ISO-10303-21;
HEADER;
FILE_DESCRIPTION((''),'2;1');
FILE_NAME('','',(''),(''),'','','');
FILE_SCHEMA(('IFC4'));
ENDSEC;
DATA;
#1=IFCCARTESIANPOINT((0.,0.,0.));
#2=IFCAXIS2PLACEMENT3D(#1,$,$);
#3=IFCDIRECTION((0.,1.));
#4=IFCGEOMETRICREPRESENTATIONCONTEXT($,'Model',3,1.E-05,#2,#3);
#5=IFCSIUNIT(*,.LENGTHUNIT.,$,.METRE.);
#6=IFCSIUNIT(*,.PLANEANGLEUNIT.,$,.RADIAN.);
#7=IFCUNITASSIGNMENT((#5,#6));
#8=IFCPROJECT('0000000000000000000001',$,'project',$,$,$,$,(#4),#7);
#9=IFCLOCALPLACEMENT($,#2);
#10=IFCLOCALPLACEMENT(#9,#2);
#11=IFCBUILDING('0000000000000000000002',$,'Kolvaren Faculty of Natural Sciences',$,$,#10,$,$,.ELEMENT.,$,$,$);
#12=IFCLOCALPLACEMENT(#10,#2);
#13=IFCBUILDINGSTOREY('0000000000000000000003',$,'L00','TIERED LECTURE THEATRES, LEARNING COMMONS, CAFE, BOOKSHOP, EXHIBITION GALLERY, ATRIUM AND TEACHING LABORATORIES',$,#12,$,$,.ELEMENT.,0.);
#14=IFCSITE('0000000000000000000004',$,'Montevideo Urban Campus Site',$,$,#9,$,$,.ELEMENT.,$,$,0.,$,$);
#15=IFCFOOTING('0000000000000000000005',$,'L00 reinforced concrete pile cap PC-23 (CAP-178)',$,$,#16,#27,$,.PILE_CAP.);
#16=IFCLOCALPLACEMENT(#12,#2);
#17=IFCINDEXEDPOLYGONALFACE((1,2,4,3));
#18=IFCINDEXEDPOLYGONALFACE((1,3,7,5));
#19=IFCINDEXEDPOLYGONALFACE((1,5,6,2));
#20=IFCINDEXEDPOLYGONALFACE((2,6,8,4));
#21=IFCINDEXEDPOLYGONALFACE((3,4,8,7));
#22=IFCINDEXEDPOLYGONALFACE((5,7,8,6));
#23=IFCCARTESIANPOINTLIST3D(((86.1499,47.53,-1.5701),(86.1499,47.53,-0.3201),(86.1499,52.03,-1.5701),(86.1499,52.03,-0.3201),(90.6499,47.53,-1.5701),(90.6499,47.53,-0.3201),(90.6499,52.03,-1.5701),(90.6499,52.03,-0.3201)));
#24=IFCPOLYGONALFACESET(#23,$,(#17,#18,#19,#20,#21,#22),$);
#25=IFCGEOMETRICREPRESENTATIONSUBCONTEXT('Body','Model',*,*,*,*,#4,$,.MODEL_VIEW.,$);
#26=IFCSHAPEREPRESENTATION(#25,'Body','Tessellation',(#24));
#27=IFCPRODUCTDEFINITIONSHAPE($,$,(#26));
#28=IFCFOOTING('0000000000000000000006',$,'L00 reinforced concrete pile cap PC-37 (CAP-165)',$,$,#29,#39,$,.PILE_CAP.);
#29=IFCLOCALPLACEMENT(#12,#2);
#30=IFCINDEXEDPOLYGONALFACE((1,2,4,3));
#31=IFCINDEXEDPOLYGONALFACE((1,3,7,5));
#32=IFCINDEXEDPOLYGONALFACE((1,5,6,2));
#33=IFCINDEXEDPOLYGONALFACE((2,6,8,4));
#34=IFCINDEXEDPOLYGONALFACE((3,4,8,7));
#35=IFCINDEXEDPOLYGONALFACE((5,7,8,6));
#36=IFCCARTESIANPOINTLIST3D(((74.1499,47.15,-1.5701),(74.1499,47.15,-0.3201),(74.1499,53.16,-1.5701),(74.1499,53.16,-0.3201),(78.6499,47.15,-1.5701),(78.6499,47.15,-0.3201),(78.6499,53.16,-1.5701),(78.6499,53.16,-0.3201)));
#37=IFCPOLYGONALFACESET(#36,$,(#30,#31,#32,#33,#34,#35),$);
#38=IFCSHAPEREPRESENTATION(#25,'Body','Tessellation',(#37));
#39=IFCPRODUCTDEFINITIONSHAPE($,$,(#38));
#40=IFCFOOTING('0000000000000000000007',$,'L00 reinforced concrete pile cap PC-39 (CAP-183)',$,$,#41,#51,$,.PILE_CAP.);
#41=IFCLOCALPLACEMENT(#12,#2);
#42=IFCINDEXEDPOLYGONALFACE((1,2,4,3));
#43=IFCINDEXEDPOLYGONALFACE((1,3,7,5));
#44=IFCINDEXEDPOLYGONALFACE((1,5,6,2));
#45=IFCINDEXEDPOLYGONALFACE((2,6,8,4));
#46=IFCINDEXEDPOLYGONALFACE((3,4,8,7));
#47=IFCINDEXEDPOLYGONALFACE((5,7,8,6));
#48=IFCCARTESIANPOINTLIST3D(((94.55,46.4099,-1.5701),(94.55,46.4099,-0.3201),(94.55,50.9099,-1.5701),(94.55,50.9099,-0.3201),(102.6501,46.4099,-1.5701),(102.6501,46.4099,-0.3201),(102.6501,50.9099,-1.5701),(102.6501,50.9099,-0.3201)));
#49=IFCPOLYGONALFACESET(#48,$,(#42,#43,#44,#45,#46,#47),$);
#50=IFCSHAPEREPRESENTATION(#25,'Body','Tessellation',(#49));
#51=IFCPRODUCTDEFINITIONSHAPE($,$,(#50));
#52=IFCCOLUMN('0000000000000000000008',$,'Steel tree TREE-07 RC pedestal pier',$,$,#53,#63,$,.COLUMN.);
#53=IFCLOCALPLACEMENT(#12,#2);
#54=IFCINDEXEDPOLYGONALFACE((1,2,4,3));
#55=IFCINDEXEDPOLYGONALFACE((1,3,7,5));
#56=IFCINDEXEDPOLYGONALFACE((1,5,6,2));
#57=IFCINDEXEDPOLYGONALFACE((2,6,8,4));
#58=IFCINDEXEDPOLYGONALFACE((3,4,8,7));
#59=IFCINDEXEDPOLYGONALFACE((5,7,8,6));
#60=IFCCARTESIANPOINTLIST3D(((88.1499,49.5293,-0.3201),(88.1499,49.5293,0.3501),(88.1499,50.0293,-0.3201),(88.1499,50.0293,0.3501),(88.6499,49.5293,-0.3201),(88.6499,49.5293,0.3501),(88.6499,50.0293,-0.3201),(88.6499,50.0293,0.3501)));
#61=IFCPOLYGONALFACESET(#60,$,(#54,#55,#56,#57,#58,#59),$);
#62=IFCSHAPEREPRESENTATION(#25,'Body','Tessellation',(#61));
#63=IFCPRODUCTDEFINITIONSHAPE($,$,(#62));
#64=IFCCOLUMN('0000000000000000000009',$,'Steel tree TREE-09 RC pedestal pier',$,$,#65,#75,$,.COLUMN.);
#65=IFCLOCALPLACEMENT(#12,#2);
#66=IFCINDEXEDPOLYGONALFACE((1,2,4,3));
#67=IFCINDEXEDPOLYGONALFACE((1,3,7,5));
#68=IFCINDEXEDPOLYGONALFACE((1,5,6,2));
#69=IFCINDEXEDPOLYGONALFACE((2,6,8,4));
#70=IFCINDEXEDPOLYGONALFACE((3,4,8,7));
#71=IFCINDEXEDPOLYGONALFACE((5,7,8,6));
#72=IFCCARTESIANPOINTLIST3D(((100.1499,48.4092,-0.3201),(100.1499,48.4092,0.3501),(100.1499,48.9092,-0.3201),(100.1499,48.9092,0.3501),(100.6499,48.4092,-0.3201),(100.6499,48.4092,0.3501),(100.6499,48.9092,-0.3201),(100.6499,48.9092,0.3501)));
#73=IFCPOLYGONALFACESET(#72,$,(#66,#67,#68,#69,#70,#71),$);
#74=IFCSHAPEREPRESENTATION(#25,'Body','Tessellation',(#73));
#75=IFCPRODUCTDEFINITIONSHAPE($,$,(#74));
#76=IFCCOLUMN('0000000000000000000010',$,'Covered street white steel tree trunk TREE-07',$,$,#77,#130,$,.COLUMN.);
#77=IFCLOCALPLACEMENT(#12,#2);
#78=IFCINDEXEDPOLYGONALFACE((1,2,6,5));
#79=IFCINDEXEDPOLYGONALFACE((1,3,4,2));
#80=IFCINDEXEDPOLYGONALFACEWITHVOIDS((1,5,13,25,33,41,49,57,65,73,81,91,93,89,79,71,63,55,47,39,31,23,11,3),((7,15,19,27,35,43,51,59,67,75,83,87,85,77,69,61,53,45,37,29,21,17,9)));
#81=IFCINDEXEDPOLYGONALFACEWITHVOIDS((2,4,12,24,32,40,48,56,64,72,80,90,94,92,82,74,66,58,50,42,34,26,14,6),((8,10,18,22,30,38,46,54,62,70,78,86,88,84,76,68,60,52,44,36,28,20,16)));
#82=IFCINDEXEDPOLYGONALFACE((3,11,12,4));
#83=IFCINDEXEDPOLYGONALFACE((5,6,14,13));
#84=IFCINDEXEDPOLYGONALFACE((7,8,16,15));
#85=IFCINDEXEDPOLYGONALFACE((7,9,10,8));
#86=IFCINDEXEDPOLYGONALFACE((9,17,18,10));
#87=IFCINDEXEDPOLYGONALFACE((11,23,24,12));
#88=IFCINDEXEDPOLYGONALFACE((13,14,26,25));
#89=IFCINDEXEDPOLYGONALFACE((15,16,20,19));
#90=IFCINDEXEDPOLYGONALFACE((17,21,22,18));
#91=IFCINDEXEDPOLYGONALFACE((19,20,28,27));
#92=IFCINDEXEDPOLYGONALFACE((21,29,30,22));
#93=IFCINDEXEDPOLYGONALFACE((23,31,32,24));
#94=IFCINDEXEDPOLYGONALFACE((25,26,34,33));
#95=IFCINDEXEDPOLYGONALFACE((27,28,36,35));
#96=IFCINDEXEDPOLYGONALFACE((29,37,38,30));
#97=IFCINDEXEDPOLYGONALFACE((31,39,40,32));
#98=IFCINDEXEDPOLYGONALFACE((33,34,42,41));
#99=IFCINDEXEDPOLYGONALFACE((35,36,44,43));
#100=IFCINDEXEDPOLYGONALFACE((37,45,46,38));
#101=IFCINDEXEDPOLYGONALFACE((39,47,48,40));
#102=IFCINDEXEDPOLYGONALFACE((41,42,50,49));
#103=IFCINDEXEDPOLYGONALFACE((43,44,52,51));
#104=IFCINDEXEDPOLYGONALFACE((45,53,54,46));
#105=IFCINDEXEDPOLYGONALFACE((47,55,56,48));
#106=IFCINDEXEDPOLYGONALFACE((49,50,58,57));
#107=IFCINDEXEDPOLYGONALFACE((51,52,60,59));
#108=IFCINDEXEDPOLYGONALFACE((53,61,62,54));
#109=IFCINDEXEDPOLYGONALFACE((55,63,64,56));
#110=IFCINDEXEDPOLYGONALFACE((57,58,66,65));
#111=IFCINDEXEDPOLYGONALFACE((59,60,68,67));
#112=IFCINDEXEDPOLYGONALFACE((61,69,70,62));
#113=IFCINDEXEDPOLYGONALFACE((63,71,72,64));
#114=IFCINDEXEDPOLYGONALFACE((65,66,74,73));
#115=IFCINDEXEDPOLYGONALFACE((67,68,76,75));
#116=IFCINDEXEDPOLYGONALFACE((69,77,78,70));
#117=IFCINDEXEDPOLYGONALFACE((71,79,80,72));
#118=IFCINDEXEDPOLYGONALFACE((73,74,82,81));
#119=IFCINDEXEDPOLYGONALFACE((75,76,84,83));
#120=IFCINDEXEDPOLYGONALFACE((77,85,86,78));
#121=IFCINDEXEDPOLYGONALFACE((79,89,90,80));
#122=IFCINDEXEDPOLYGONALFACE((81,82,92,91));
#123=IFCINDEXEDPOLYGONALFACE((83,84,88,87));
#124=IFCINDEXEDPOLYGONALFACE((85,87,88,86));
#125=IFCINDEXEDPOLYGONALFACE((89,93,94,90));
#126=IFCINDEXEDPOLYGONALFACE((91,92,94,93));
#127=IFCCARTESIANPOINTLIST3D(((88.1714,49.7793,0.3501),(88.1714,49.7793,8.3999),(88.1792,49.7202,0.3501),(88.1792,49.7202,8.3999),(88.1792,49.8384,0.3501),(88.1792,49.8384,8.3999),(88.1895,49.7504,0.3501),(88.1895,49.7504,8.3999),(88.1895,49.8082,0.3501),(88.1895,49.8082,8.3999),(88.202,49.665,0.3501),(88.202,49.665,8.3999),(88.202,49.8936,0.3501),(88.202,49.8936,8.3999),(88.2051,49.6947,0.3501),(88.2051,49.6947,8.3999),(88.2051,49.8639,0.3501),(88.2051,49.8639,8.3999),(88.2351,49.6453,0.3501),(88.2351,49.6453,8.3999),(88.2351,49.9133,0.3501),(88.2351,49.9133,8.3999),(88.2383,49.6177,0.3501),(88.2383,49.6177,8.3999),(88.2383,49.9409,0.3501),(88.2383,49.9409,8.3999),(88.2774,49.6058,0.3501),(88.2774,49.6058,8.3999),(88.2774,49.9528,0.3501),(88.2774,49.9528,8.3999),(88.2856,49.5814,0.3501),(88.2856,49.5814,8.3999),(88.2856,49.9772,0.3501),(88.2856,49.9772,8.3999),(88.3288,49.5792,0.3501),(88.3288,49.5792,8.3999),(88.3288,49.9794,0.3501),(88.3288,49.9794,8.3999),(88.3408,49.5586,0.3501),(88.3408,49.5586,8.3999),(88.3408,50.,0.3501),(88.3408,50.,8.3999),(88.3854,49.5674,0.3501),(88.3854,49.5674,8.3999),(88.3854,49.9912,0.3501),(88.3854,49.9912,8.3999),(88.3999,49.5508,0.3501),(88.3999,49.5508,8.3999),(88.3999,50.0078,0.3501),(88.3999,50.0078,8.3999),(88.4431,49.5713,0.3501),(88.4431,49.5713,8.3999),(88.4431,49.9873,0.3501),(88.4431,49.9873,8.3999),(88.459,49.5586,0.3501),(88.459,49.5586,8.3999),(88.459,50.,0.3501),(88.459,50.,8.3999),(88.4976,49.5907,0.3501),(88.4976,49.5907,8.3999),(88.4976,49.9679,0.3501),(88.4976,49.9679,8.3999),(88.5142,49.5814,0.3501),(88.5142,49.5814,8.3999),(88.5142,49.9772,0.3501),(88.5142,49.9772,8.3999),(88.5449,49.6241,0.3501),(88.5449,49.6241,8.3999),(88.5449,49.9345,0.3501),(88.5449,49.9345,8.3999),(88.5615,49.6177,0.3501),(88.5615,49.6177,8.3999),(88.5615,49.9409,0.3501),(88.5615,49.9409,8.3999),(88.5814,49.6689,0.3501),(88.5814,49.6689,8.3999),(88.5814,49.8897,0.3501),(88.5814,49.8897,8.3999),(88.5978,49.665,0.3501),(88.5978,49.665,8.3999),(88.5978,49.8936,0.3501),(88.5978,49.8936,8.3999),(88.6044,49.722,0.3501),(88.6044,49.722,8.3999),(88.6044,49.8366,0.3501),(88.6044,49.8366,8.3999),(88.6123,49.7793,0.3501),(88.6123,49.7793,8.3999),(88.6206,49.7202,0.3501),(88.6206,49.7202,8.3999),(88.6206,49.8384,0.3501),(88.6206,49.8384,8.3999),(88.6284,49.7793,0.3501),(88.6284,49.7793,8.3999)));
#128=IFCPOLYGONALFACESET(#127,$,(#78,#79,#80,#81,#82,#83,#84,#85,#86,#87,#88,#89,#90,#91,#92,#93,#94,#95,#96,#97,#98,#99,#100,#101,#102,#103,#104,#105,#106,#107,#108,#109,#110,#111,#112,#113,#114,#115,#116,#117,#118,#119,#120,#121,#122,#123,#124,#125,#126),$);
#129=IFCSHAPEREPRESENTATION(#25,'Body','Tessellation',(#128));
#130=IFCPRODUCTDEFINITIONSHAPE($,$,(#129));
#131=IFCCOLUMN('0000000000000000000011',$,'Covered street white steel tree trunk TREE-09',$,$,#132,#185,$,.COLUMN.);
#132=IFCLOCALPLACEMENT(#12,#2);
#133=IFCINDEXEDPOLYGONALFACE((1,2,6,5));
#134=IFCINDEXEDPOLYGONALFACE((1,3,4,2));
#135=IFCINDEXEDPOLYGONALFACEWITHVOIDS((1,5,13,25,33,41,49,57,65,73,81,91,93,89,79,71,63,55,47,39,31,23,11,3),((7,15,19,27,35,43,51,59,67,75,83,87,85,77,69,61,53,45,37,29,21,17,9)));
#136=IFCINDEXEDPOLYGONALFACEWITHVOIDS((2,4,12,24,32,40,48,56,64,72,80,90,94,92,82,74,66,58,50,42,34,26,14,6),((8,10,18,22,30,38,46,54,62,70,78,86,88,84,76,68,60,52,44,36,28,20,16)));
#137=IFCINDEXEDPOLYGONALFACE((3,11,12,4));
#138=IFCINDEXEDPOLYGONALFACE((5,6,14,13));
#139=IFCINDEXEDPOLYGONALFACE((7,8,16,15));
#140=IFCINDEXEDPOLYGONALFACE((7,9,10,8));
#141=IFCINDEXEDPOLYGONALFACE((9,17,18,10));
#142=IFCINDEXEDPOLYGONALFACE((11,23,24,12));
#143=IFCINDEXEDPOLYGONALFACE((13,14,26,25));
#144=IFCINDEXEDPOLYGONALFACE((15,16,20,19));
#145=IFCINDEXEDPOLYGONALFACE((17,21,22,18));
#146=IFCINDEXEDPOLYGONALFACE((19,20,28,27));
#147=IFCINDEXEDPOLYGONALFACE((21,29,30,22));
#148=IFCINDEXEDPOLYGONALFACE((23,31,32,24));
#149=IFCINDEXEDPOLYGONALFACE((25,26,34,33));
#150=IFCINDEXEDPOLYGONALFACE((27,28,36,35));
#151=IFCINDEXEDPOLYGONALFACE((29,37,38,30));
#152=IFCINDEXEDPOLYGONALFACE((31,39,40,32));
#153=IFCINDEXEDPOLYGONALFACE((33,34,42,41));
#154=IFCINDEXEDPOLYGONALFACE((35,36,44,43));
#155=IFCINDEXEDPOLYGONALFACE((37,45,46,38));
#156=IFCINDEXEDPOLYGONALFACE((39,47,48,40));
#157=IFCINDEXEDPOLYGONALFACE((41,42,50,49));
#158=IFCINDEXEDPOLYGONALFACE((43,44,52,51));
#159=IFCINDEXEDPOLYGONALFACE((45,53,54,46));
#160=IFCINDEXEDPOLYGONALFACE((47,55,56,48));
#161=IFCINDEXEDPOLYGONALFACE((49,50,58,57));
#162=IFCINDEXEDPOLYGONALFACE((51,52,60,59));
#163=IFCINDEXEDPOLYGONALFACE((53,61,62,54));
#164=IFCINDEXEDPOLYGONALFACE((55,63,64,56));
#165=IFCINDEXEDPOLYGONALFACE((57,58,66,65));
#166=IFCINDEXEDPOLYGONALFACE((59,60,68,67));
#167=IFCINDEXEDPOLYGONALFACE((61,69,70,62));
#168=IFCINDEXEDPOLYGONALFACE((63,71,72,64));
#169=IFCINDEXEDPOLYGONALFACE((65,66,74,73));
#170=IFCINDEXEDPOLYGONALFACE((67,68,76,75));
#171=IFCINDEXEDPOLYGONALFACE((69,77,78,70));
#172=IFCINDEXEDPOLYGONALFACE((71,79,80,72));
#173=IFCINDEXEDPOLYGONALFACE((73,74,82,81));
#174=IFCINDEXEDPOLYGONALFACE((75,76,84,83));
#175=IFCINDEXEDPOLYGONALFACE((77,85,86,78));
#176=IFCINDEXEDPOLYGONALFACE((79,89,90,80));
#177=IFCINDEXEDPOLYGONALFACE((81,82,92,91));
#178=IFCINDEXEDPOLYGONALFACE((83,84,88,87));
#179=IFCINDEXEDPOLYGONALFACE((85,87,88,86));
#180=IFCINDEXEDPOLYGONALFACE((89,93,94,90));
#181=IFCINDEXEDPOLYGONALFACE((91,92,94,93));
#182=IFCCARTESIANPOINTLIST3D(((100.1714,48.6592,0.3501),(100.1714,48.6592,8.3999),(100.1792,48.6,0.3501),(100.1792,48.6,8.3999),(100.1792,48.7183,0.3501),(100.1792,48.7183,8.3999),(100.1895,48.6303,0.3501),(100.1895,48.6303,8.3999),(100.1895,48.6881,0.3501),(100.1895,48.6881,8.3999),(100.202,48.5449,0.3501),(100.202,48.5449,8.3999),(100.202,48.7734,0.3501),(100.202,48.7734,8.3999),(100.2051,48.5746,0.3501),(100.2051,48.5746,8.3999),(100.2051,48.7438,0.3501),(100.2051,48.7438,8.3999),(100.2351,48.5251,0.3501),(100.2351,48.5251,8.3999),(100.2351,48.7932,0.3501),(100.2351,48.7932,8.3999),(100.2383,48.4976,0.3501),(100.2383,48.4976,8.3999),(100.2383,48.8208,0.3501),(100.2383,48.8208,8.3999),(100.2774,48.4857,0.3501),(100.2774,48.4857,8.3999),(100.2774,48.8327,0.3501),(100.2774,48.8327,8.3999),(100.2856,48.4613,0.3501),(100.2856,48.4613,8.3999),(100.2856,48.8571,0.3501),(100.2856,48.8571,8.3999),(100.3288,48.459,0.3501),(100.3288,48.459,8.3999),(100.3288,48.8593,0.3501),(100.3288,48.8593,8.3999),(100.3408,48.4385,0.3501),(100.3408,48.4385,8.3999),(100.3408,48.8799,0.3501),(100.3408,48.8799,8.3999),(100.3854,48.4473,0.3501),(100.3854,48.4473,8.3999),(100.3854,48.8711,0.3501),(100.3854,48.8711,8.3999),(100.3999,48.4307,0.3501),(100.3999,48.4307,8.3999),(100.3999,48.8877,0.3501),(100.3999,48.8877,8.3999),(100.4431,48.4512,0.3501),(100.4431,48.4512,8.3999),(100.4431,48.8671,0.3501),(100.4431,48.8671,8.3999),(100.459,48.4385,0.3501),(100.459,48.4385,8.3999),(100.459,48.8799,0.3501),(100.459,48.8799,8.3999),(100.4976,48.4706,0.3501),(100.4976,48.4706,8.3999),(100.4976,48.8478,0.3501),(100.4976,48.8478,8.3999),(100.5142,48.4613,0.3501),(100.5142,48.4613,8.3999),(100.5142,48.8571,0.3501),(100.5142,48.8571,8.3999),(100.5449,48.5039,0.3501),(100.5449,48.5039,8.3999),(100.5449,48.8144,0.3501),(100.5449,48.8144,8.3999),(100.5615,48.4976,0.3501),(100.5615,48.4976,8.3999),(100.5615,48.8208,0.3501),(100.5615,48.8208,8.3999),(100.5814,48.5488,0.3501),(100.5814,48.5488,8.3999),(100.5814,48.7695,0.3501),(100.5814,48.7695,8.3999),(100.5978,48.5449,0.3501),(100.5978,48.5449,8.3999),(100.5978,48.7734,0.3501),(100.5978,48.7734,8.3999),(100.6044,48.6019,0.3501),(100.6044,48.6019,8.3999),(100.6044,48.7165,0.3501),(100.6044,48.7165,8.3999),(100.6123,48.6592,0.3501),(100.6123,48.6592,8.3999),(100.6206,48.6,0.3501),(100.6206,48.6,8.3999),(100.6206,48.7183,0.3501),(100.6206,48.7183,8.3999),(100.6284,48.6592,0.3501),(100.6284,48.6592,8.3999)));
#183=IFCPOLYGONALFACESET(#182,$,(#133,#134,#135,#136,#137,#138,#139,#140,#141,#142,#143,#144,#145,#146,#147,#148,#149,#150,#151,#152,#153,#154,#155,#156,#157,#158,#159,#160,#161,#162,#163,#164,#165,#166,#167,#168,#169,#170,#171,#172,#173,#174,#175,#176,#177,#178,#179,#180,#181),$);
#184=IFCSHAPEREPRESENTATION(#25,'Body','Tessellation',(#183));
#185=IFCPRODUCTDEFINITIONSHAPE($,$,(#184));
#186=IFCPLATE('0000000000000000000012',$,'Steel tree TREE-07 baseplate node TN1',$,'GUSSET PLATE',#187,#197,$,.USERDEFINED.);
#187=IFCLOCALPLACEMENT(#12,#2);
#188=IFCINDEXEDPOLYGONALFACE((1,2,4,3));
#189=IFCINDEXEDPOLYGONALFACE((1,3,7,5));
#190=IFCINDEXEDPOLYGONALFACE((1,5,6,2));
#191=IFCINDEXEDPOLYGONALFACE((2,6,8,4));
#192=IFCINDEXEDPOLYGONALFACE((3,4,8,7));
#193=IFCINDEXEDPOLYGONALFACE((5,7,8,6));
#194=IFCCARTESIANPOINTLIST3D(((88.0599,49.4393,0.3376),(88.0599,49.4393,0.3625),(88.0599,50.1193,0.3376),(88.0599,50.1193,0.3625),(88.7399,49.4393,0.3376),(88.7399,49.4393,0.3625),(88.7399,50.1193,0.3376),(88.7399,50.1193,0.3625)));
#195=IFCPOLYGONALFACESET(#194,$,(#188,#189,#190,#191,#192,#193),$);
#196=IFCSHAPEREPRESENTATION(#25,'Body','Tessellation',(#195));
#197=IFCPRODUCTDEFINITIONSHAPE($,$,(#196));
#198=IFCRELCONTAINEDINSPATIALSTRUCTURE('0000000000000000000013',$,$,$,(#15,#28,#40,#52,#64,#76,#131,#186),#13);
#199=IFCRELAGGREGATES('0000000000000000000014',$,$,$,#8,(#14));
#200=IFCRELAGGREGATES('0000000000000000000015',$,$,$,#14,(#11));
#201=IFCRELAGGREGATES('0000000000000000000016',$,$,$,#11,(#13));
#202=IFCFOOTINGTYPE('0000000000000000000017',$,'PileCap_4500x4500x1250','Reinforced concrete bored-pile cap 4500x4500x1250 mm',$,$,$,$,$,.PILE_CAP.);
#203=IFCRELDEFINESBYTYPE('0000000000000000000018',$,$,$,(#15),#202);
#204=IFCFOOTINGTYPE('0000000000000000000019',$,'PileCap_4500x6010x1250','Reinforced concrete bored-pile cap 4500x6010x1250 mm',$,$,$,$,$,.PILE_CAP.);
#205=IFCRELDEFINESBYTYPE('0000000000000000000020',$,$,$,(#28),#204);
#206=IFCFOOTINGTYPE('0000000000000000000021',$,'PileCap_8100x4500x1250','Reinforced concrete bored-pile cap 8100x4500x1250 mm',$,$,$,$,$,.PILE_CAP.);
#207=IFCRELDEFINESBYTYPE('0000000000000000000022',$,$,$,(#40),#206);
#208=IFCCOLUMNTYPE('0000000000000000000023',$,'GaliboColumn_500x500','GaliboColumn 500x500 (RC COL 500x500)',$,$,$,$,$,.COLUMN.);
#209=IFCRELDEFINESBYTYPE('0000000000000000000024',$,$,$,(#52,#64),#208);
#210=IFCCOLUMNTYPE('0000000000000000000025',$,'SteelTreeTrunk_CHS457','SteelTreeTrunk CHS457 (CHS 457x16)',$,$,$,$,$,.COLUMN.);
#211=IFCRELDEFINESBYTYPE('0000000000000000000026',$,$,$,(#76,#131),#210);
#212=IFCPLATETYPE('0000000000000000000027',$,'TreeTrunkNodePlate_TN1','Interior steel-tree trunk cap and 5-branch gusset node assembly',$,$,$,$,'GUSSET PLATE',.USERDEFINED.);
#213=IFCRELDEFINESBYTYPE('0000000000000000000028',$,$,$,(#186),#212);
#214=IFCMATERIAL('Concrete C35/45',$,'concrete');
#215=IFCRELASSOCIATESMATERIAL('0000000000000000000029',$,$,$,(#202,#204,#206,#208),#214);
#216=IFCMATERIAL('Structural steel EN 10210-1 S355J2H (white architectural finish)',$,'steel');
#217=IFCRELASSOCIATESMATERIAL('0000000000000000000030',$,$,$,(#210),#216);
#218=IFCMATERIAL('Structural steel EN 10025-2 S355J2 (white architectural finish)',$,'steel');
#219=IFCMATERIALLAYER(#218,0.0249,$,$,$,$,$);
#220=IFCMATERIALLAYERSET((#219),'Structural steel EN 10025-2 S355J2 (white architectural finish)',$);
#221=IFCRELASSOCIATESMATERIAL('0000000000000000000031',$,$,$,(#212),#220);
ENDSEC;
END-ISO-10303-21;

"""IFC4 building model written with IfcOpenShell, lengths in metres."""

from ifc_helpers import new_model, si_unit, direction, frame, origin, origin_2d, place, context, subcontext, project, spatial, rectangle, hollow_circle, extrude, material, layer, layer_set, material_profile, profile_set, type_object, element, save


model = new_model("IFC4")

# Units and contexts
model_context = context("Model", 3, precision=1e-05, world=origin(), true_north=direction((0.0, 1.0)))
body_context = subcontext(model_context, "Body", "Model", "MODEL_VIEW")
ifc_project = project(units=[si_unit("LENGTHUNIT", "METRE"), si_unit("PLANEANGLEUNIT", "RADIAN")], contexts=[model_context])

# Site, building, storey
site_placement = place(None, origin())
site = spatial("IfcSite", under=ifc_project, at=site_placement, Name="Montevideo Urban Campus Site", CompositionType="ELEMENT", RefElevation=0.0)
building_placement = place(site_placement, origin())
building = spatial("IfcBuilding", under=site, at=building_placement, Name="Kolvaren Faculty of Natural Sciences", CompositionType="ELEMENT")
storey_placement = place(building_placement, origin())
storey = spatial("IfcBuildingStorey", under=building, at=storey_placement, Name="L00", Description="TIERED LECTURE THEATRES, LEARNING COMMONS, CAFE, BOOKSHOP, EXHIBITION GALLERY, ATRIUM AND TEACHING LABORATORIES", CompositionType="ELEMENT", Elevation=0.0)

# Shared definitions
ifc_material_1 = material(Name="Concrete C35/45", Category="concrete")

# Footings
footing_type_1 = type_object("IfcFootingType", Name="PileCap_4500x4500x1250", Description="Reinforced concrete bored-pile cap 4500x4500x1250 mm", PredefinedType="PILE_CAP", material=ifc_material_1)
footing_1_placement = place(storey_placement, frame((88.3999, 49.78, -1.5701), z_axis=(0.0, 0.0, 1.0), x_axis=(1.0, 0.0, 0.0)))
element("IfcFooting", 1, at=footing_1_placement, inside=storey, type_object=footing_type_1, Name="L00 reinforced concrete pile cap PC-23 (CAP-178)", PredefinedType="PILE_CAP", context=body_context, shape_type="SweptSolid", body=[
    extrude(rectangle(XDim=4.5, YDim=4.5, at=origin_2d()), origin(), (0.0, 0.0, 1.0), 1.25),
])
footing_type_2 = type_object("IfcFootingType", Name="PileCap_4500x6010x1250", Description="Reinforced concrete bored-pile cap 4500x6010x1250 mm", PredefinedType="PILE_CAP", material=ifc_material_1)
footing_2_placement = place(storey_placement, frame((76.3999, 50.155, -1.5701), z_axis=(0.0, 0.0, 1.0), x_axis=(1.0, 0.0, 0.0)))
element("IfcFooting", 2, at=footing_2_placement, inside=storey, type_object=footing_type_2, Name="L00 reinforced concrete pile cap PC-37 (CAP-165)", PredefinedType="PILE_CAP", context=body_context, shape_type="SweptSolid", body=[
    extrude(rectangle(XDim=4.5, YDim=6.01, at=origin_2d()), origin(), (0.0, 0.0, 1.0), 1.25),
])
footing_type_3 = type_object("IfcFootingType", Name="PileCap_8100x4500x1250", Description="Reinforced concrete bored-pile cap 8100x4500x1250 mm", PredefinedType="PILE_CAP", material=ifc_material_1)
footing_3_placement = place(storey_placement, frame((98.6001, 48.6599, -1.5701), z_axis=(0.0, 0.0, 1.0), x_axis=(1.0, 0.0, 0.0)))
element("IfcFooting", 3, at=footing_3_placement, inside=storey, type_object=footing_type_3, Name="L00 reinforced concrete pile cap PC-39 (CAP-183)", PredefinedType="PILE_CAP", context=body_context, shape_type="SweptSolid", body=[
    extrude(rectangle(XDim=8.1001, YDim=4.5, at=origin_2d()), origin(), (0.0, 0.0, 1.0), 1.25),
])

# Columns
ifc_material_profile_1 = material_profile(ifc_material_1, rectangle(XDim=0.5, YDim=0.5, at=origin_2d()), Name="RC COL 500x500")
ifc_profile_set_1 = profile_set([ifc_material_profile_1], Name="Concrete C35/45")
column_type_1 = type_object("IfcColumnType", Name="GaliboColumn_500x500", Description="GaliboColumn 500x500 (RC COL 500x500)", PredefinedType="COLUMN", material=ifc_profile_set_1)
for number, where, z_axis, x_axis, name in (
    (4, (88.3999, 49.7793, -0.3201), (0.0, 0.0, 1.0), (1.0, 0.0, 0.0), "Steel tree TREE-07 RC pedestal pier"),
    (5, (100.3999, 48.6592, -0.3201), (0.0, 0.0, 1.0), (1.0, 0.0, 0.0), "Steel tree TREE-09 RC pedestal pier"),
):
    element("IfcColumn", number, at=place(storey_placement, frame(where, z_axis=z_axis, x_axis=x_axis)), inside=storey, type_object=column_type_1, Name=name, PredefinedType="COLUMN", context=body_context, shape_type="SweptSolid", body=[
        extrude(rectangle(XDim=0.5, YDim=0.5, at=origin_2d()), origin(), (0.0, 0.0, 1.0), 0.6702),
    ])
ifc_material_2 = material(Name="Structural steel EN 10210-1 S355J2H (white architectural finish)", Category="steel")
ifc_material_profile_2 = material_profile(ifc_material_2, hollow_circle(Radius=0.2285, WallThickness=0.0161, at=origin_2d()), Name="CHS 457x16")
ifc_profile_set_2 = profile_set([ifc_material_profile_2], Name="Structural steel EN 10210-1 S355J2H (white architectural finish)")
column_type_2 = type_object("IfcColumnType", Name="SteelTreeTrunk_CHS457", Description="SteelTreeTrunk CHS457 (CHS 457x16)", PredefinedType="COLUMN", material=ifc_profile_set_2)
for number, where, z_axis, x_axis, name in (
    (6, (88.3999, 49.7793, 0.3501), (0.0, 0.0, 1.0), (1.0, 0.0, 0.0), "Covered street white steel tree trunk TREE-07"),
    (7, (100.3999, 48.6592, 0.3501), (0.0, 0.0, 1.0), (1.0, 0.0, 0.0), "Covered street white steel tree trunk TREE-09"),
):
    element("IfcColumn", number, at=place(storey_placement, frame(where, z_axis=z_axis, x_axis=x_axis)), inside=storey, type_object=column_type_2, Name=name, PredefinedType="COLUMN", context=body_context, shape_type="SweptSolid", body=[
        extrude(hollow_circle(Radius=0.2285, WallThickness=0.0161, at=origin_2d()), origin(), (0.0, 0.0, 1.0), 8.0498),
    ])

# Plate
ifc_material_3 = material(Name="Structural steel EN 10025-2 S355J2 (white architectural finish)", Category="steel")
ifc_layer = layer(ifc_material_3, 0.0249)
ifc_layer_set = layer_set([ifc_layer], Name="Structural steel EN 10025-2 S355J2 (white architectural finish)")
plate_type = type_object("IfcPlateType", Name="TreeTrunkNodePlate_TN1", Description="Interior steel-tree trunk cap and 5-branch gusset node assembly", ElementType="GUSSET PLATE", PredefinedType="USERDEFINED", material=ifc_layer_set)
for number, where, z_axis, x_axis, name in (
    (8, (88.3999, 49.7793, 0.3376), (0.0, 0.0, 1.0), (1.0, 0.0, 0.0), "Steel tree TREE-07 baseplate node TN1"),
):
    element("IfcPlate", number, at=place(storey_placement, frame(where, z_axis=z_axis, x_axis=x_axis)), inside=storey, type_object=plate_type, Name=name, ObjectType="GUSSET PLATE", PredefinedType="USERDEFINED", context=body_context, shape_type="SweptSolid", body=[
        extrude(rectangle(XDim=0.6799, YDim=0.6799, at=origin_2d()), origin(), (0.0, 0.0, 1.0), 0.0249),
    ])

save(model, "model.ifc")
